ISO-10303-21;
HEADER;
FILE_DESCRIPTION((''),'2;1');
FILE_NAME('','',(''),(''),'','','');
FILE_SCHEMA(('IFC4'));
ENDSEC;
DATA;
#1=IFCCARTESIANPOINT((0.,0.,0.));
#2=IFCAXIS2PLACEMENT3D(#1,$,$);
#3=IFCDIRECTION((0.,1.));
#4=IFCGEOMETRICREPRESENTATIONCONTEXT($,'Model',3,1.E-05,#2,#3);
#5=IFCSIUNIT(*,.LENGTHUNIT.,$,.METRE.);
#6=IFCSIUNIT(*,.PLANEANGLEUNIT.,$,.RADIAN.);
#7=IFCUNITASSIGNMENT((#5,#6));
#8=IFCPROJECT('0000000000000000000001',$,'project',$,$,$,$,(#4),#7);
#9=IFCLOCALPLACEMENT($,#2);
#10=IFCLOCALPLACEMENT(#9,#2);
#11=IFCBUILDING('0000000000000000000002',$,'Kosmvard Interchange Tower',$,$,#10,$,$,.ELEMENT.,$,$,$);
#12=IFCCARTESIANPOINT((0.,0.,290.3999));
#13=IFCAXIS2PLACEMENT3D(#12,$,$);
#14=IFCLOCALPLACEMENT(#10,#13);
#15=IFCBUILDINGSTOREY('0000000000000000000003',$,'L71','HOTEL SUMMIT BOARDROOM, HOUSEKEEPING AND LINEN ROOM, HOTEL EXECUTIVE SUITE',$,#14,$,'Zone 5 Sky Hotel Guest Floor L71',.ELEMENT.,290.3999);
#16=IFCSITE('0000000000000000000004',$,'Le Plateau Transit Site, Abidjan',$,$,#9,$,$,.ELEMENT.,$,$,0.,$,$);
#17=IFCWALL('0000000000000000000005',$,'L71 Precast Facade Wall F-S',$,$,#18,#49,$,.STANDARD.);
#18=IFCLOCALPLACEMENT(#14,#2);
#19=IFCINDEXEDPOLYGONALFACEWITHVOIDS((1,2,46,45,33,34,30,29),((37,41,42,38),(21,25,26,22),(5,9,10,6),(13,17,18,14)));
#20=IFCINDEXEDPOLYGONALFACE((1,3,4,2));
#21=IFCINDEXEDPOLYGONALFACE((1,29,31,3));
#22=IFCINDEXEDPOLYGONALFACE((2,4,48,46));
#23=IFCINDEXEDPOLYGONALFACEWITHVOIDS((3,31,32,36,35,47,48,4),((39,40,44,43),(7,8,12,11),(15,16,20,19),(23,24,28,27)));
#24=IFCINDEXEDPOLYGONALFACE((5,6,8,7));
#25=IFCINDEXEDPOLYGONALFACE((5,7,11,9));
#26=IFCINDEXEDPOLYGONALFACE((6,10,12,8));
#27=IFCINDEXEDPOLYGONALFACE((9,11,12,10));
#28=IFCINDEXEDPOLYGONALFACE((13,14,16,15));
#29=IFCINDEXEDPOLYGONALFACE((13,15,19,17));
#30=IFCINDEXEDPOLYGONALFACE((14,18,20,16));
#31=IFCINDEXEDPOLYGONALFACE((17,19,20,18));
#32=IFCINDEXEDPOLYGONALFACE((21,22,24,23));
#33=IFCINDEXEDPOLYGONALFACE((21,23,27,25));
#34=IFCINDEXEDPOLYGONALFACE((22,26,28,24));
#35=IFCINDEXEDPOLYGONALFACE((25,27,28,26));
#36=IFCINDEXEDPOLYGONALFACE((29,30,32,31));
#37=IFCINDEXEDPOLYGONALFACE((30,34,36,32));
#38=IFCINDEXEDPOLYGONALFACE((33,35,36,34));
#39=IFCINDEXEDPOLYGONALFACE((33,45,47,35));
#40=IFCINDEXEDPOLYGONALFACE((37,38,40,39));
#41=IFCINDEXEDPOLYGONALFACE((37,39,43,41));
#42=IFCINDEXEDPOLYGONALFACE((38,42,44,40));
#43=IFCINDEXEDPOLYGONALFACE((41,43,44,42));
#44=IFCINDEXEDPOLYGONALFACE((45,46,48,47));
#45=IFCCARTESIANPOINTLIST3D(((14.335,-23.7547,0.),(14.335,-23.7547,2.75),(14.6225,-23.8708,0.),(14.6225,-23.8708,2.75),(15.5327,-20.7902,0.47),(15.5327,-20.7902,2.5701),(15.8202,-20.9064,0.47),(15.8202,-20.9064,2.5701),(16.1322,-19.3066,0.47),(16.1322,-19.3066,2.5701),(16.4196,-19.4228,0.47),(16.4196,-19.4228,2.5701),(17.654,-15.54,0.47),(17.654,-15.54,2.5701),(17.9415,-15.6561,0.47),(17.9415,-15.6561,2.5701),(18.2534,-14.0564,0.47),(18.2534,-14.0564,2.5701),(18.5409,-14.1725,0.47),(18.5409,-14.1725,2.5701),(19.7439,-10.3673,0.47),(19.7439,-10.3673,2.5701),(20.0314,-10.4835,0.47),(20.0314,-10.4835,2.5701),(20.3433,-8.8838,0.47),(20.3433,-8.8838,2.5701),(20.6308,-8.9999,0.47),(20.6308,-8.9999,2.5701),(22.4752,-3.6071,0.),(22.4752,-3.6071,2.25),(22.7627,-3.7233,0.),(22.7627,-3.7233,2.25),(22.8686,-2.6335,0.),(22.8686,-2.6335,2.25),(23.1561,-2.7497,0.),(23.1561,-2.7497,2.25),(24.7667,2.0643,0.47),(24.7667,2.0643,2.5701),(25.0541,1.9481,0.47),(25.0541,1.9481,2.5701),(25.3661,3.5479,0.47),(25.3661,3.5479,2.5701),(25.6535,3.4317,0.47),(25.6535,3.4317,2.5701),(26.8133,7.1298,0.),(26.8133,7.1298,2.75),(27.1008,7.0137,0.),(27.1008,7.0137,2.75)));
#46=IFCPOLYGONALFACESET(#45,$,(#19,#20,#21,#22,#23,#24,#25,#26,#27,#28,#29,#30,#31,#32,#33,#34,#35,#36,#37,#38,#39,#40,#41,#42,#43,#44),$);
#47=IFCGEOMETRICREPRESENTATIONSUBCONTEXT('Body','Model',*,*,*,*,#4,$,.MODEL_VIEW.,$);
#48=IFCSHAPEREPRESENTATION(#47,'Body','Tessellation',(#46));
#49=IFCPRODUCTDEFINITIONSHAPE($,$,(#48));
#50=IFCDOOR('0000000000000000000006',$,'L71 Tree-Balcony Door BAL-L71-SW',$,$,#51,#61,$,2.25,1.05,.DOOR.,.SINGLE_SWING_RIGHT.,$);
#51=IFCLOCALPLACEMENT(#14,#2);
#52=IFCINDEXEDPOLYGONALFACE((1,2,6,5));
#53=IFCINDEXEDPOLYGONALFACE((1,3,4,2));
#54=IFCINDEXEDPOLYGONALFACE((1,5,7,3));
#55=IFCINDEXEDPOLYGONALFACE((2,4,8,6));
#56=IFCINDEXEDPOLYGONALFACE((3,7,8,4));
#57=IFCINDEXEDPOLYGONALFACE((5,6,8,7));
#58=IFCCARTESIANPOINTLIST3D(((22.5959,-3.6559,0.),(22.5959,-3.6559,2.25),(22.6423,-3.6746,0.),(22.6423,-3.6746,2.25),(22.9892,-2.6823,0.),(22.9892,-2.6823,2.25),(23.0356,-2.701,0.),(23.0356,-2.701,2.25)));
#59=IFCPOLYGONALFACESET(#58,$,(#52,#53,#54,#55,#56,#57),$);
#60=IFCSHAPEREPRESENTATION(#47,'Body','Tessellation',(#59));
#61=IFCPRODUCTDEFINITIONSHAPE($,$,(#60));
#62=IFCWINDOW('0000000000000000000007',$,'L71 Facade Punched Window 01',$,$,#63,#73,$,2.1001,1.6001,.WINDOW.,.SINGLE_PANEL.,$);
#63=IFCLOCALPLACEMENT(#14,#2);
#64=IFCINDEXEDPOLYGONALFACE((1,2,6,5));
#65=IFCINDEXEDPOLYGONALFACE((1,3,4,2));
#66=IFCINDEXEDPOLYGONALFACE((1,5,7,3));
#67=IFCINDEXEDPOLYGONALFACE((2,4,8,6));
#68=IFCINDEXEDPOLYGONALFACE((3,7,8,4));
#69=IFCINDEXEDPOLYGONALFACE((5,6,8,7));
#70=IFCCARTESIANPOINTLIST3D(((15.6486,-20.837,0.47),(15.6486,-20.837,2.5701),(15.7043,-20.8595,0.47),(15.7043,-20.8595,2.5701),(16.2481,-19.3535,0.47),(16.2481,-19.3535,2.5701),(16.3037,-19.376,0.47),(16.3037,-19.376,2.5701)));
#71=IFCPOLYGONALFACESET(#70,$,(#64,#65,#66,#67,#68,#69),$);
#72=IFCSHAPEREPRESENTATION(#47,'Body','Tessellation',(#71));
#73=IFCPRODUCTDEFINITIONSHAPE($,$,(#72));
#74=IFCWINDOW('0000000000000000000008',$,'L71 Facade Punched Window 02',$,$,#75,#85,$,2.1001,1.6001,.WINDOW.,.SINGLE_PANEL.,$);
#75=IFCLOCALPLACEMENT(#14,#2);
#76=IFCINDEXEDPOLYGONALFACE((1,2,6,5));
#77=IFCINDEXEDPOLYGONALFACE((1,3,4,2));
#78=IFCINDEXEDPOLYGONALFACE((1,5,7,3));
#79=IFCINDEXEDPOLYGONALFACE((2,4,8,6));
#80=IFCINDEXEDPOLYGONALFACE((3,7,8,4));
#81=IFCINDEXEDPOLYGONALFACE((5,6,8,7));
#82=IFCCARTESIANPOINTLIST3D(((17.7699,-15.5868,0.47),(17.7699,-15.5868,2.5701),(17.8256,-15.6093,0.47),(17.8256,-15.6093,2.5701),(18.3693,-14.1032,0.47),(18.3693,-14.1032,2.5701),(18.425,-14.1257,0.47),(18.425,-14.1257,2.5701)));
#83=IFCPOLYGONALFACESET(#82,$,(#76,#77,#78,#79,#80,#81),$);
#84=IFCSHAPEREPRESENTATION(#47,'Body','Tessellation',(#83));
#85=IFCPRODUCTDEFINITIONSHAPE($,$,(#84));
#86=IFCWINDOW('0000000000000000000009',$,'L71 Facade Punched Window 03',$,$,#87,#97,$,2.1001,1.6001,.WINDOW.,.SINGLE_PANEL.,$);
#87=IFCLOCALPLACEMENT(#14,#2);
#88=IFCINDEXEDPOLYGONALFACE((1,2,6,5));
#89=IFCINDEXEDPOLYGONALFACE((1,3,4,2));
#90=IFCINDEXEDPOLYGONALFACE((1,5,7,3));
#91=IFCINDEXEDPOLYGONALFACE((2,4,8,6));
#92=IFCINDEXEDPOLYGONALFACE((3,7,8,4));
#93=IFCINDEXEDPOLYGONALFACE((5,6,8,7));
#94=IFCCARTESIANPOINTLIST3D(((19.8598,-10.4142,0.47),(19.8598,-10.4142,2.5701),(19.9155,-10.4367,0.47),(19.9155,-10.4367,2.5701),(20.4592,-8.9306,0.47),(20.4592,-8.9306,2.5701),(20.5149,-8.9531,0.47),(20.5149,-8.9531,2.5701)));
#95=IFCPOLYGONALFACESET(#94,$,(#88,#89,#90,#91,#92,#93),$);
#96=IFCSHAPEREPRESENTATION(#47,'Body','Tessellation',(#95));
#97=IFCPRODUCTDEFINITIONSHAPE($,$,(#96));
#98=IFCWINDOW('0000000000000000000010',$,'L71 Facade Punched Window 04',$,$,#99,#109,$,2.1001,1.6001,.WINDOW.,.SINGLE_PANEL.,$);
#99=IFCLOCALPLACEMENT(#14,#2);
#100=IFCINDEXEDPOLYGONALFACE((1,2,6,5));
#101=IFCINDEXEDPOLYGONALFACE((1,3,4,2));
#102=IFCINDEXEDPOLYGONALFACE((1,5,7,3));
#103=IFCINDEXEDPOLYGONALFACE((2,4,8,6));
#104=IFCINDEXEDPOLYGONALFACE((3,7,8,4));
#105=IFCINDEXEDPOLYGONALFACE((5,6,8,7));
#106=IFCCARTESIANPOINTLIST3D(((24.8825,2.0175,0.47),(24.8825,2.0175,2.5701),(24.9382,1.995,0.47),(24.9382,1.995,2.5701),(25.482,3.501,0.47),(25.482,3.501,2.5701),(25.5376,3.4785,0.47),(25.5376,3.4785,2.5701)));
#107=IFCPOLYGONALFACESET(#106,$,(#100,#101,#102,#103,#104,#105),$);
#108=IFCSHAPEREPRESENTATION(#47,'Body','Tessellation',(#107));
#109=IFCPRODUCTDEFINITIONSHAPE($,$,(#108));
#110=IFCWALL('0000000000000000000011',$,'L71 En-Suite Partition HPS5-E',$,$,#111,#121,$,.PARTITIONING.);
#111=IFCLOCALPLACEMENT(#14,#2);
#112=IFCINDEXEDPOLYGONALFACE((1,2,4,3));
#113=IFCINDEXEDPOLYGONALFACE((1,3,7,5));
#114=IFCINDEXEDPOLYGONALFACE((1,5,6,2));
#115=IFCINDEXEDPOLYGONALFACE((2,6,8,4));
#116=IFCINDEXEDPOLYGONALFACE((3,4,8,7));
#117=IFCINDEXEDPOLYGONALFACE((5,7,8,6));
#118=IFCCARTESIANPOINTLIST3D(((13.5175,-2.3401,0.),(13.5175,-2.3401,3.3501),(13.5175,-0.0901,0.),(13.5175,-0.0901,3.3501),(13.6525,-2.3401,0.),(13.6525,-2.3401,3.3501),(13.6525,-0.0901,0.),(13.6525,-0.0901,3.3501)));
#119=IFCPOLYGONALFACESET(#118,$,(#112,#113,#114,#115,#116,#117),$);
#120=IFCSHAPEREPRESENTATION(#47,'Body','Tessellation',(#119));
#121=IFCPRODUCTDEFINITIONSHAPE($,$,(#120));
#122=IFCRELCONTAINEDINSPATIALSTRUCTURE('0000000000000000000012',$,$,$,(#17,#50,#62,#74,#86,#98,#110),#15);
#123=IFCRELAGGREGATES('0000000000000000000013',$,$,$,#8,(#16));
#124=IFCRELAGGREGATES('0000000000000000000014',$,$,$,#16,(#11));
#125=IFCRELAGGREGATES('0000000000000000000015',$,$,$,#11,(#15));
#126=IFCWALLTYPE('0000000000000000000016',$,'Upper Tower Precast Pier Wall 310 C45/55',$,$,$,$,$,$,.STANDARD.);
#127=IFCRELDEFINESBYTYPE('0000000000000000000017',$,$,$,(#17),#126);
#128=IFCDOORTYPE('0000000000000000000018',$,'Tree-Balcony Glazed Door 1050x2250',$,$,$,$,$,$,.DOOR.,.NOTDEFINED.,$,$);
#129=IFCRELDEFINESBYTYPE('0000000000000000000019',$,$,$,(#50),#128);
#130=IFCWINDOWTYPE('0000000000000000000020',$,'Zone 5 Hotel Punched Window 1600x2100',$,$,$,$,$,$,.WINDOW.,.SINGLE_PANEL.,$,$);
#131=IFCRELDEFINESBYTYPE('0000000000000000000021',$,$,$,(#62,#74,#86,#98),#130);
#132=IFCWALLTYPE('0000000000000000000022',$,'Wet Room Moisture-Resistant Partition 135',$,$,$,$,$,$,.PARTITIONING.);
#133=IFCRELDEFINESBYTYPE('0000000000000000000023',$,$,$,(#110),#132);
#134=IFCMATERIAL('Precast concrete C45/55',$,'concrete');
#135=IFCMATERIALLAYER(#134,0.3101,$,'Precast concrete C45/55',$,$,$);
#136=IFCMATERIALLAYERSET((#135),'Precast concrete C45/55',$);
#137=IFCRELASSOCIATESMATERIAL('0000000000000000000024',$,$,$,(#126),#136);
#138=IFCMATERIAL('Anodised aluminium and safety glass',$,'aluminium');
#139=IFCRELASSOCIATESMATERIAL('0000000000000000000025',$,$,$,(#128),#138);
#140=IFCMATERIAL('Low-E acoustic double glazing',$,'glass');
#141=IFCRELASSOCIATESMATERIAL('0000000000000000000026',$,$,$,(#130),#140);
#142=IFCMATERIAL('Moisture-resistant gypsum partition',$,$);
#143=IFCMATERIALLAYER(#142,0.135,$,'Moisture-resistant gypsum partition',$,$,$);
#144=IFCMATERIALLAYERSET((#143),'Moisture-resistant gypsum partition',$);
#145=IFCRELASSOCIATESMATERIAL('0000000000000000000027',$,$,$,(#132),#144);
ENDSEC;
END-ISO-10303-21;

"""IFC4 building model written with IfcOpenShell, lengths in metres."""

from ifc_helpers import new_model, si_unit, direction, frame, frame_2d, origin, place, context, subcontext, project, spatial, rectangle, extrude, source, transform, mapped, material, layer, layer_set, type_object, element, fill, save


model = new_model("IFC4")

# Units and contexts
model_context = context("Model", 3, precision=1e-05, world=origin(), true_north=direction((0.0, 1.0)))
body_context = subcontext(model_context, "Body", "Model", "MODEL_VIEW")
ifc_project = project(units=[si_unit("LENGTHUNIT", "METRE"), si_unit("PLANEANGLEUNIT", "RADIAN")], contexts=[model_context])

# Site, building, storey
site_placement = place(None, origin())
site = spatial("IfcSite", under=ifc_project, at=site_placement, Name="Le Plateau Transit Site, Abidjan", CompositionType="ELEMENT", RefElevation=0.0)
building_placement = place(site_placement, origin())
building = spatial("IfcBuilding", under=site, at=building_placement, Name="Kosmvard Interchange Tower", CompositionType="ELEMENT")
storey_placement = place(building_placement, frame((0.0, 0.0, 290.3999)))
storey = spatial("IfcBuildingStorey", under=building, at=storey_placement, Name="L71", Description="HOTEL SUMMIT BOARDROOM, HOUSEKEEPING AND LINEN ROOM, HOTEL EXECUTIVE SUITE", LongName="Zone 5 Sky Hotel Guest Floor L71", CompositionType="ELEMENT", Elevation=290.3999)

# Wall, openings, door, windows
ifc_material_1 = material(Name="Precast concrete C45/55", Category="concrete")
ifc_layer_1 = layer(ifc_material_1, 0.3101, Name="Precast concrete C45/55")
ifc_layer_set_1 = layer_set([ifc_layer_1], Name="Precast concrete C45/55")
wall_type_1 = type_object("IfcWallType", Name="Upper Tower Precast Pier Wall 310 C45/55", PredefinedType="STANDARD", material=ifc_layer_set_1)
wall_1_placement = place(storey_placement, frame((14.4788, -23.8127, 0.0), z_axis=(0.0, 0.0, 1.0), x_axis=(0.37461, 0.927183, 0.0)))
wall_1 = element("IfcWall", 1, at=wall_1_placement, inside=storey, type_object=wall_type_1, Name="L71 Precast Facade Wall F-S", PredefinedType="STANDARD", context=body_context, shape_type="SweptSolid", body=[
    extrude(rectangle(XDim=33.3101, YDim=0.3101, at=frame_2d((16.655, 0.0))), origin(), (0.0, 0.0, 1.0), 2.75),
])
opening_1_placement = place(wall_1_placement, frame((21.73, 0.0, 0.0)))
opening_1 = element("IfcOpeningElement", 2, at=opening_1_placement, cuts=wall_1, PredefinedType="OPENING", context=body_context, shape_type="SweptSolid", body=[
    extrude(rectangle(XDim=1.05, YDim=2.25, at=frame_2d((0.5249, 1.125))), frame((0.0, 0.165, 0.0), z_axis=(0.0, -1.0, 0.0), x_axis=(1.0, 0.0, 0.0)), (0.0, 0.0, 1.0), 0.3301),
])
opening_2_placement = place(wall_1_placement, frame((3.1973, 0.0, 0.47)))
opening_2 = element("IfcOpeningElement", 3, at=opening_2_placement, cuts=wall_1, PredefinedType="OPENING", context=body_context, shape_type="SweptSolid", body=[
    extrude(rectangle(XDim=1.6001, YDim=2.1001, at=frame_2d((0.8, 1.05))), frame((0.0, 0.165, 0.0), z_axis=(0.0, -1.0, 0.0), x_axis=(1.0, 0.0, 0.0)), (0.0, 0.0, 1.0), 0.3301),
])
opening_3_placement = place(wall_1_placement, frame((8.8599, 0.0, 0.47)))
opening_3 = element("IfcOpeningElement", 4, at=opening_3_placement, cuts=wall_1, PredefinedType="OPENING", context=body_context, shape_type="SweptSolid", body=[
    extrude(rectangle(XDim=1.6001, YDim=2.1001, at=frame_2d((0.8, 1.05))), frame((0.0, 0.165, 0.0), z_axis=(0.0, -1.0, 0.0), x_axis=(1.0, 0.0, 0.0)), (0.0, 0.0, 1.0), 0.3301),
])
opening_4_placement = place(wall_1_placement, frame((14.4387, 0.0, 0.47)))
opening_4 = element("IfcOpeningElement", 5, at=opening_4_placement, cuts=wall_1, PredefinedType="OPENING", context=body_context, shape_type="SweptSolid", body=[
    extrude(rectangle(XDim=1.6001, YDim=2.1001, at=frame_2d((0.8, 1.05))), frame((0.0, 0.165, 0.0), z_axis=(0.0, -1.0, 0.0), x_axis=(1.0, 0.0, 0.0)), (0.0, 0.0, 1.0), 0.3301),
])
opening_5_placement = place(wall_1_placement, frame((27.8467, 0.0, 0.47)))
opening_5 = element("IfcOpeningElement", 6, at=opening_5_placement, cuts=wall_1, PredefinedType="OPENING", context=body_context, shape_type="SweptSolid", body=[
    extrude(rectangle(XDim=1.6001, YDim=2.1001, at=frame_2d((0.8, 1.05))), frame((0.0, 0.165, 0.0), z_axis=(0.0, -1.0, 0.0), x_axis=(1.0, 0.0, 0.0)), (0.0, 0.0, 1.0), 0.3301),
])
ifc_material_2 = material(Name="Anodised aluminium and safety glass", Category="aluminium")
door_type = type_object("IfcDoorType", Name="Tree-Balcony Glazed Door 1050x2250", OperationType="NOTDEFINED", PredefinedType="DOOR", material=ifc_material_2)
shared_shape_1 = source(origin(), body_context, "Body", "SweptSolid", [
    extrude(rectangle(XDim=1.05, YDim=2.25, at=frame_2d((0.5249, 1.125))), frame((0.0, 0.0249, 0.0), z_axis=(0.0, -1.0, 0.0), x_axis=(1.0, 0.0, 0.0)), (0.0, 0.0, 1.0), 0.05),
])
door_placement = place(opening_1_placement, origin())
door = element("IfcDoor", 7, at=door_placement, inside=storey, type_object=door_type, Name="L71 Tree-Balcony Door BAL-L71-SW", OperationType="SINGLE_SWING_RIGHT", OverallHeight=2.25, OverallWidth=1.05, PredefinedType="DOOR", context=body_context, shape_type="MappedRepresentation", body=[
    mapped(shared_shape_1, transform((0.0, 0.0, 0.0), scale=1.0)),
])
fill(opening_1, door)
ifc_material_3 = material(Name="Low-E acoustic double glazing", Category="glass")
window_type = type_object("IfcWindowType", Name="Zone 5 Hotel Punched Window 1600x2100", PartitioningType="SINGLE_PANEL", PredefinedType="WINDOW", material=ifc_material_3)
shared_shape_2 = source(origin(), body_context, "Body", "SweptSolid", [
    extrude(rectangle(XDim=1.6001, YDim=2.1001, at=frame_2d((0.8, 1.05))), frame((0.0, 0.03, 0.0), z_axis=(0.0, -1.0, 0.0), x_axis=(1.0, 0.0, 0.0)), (0.0, 0.0, 1.0), 0.0601),
])
window_1_placement = place(opening_2_placement, origin())
window_1 = element("IfcWindow", 8, at=window_1_placement, inside=storey, type_object=window_type, Name="L71 Facade Punched Window 01", OverallHeight=2.1001, OverallWidth=1.6001, PartitioningType="SINGLE_PANEL", PredefinedType="WINDOW", context=body_context, shape_type="MappedRepresentation", body=[
    mapped(shared_shape_2, transform((0.0, 0.0, 0.0), scale=1.0)),
])
fill(opening_2, window_1)
window_2_placement = place(opening_3_placement, origin())
window_2 = element("IfcWindow", 9, at=window_2_placement, inside=storey, type_object=window_type, Name="L71 Facade Punched Window 02", OverallHeight=2.1001, OverallWidth=1.6001, PartitioningType="SINGLE_PANEL", PredefinedType="WINDOW", context=body_context, shape_type="MappedRepresentation", body=[
    mapped(shared_shape_2, transform((0.0, 0.0, 0.0), scale=1.0)),
])
fill(opening_3, window_2)
window_3_placement = place(opening_4_placement, origin())
window_3 = element("IfcWindow", 10, at=window_3_placement, inside=storey, type_object=window_type, Name="L71 Facade Punched Window 03", OverallHeight=2.1001, OverallWidth=1.6001, PartitioningType="SINGLE_PANEL", PredefinedType="WINDOW", context=body_context, shape_type="MappedRepresentation", body=[
    mapped(shared_shape_2, transform((0.0, 0.0, 0.0), scale=1.0)),
])
fill(opening_4, window_3)
window_4_placement = place(opening_5_placement, origin())
window_4 = element("IfcWindow", 11, at=window_4_placement, inside=storey, type_object=window_type, Name="L71 Facade Punched Window 04", OverallHeight=2.1001, OverallWidth=1.6001, PartitioningType="SINGLE_PANEL", PredefinedType="WINDOW", context=body_context, shape_type="MappedRepresentation", body=[
    mapped(shared_shape_2, transform((0.0, 0.0, 0.0), scale=1.0)),
])
fill(opening_5, window_4)

# Wall
ifc_material_4 = material(Name="Moisture-resistant gypsum partition")
ifc_layer_2 = layer(ifc_material_4, 0.135, Name="Moisture-resistant gypsum partition")
ifc_layer_set_2 = layer_set([ifc_layer_2], Name="Moisture-resistant gypsum partition")
wall_type_2 = type_object("IfcWallType", Name="Wet Room Moisture-Resistant Partition 135", PredefinedType="PARTITIONING", material=ifc_layer_set_2)
wall_2_placement = place(storey_placement, frame((13.585, -2.3401, 0.0), z_axis=(0.0, 0.0, 1.0), x_axis=(0.0, 1.0, 0.0)))
element("IfcWall", 12, at=wall_2_placement, inside=storey, type_object=wall_type_2, Name="L71 En-Suite Partition HPS5-E", PredefinedType="PARTITIONING", context=body_context, shape_type="SweptSolid", body=[
    extrude(rectangle(XDim=2.25, YDim=0.135, at=frame_2d((1.125, 0.0))), origin(), (0.0, 0.0, 1.0), 3.3501),
])

save(model, "model.ifc")
